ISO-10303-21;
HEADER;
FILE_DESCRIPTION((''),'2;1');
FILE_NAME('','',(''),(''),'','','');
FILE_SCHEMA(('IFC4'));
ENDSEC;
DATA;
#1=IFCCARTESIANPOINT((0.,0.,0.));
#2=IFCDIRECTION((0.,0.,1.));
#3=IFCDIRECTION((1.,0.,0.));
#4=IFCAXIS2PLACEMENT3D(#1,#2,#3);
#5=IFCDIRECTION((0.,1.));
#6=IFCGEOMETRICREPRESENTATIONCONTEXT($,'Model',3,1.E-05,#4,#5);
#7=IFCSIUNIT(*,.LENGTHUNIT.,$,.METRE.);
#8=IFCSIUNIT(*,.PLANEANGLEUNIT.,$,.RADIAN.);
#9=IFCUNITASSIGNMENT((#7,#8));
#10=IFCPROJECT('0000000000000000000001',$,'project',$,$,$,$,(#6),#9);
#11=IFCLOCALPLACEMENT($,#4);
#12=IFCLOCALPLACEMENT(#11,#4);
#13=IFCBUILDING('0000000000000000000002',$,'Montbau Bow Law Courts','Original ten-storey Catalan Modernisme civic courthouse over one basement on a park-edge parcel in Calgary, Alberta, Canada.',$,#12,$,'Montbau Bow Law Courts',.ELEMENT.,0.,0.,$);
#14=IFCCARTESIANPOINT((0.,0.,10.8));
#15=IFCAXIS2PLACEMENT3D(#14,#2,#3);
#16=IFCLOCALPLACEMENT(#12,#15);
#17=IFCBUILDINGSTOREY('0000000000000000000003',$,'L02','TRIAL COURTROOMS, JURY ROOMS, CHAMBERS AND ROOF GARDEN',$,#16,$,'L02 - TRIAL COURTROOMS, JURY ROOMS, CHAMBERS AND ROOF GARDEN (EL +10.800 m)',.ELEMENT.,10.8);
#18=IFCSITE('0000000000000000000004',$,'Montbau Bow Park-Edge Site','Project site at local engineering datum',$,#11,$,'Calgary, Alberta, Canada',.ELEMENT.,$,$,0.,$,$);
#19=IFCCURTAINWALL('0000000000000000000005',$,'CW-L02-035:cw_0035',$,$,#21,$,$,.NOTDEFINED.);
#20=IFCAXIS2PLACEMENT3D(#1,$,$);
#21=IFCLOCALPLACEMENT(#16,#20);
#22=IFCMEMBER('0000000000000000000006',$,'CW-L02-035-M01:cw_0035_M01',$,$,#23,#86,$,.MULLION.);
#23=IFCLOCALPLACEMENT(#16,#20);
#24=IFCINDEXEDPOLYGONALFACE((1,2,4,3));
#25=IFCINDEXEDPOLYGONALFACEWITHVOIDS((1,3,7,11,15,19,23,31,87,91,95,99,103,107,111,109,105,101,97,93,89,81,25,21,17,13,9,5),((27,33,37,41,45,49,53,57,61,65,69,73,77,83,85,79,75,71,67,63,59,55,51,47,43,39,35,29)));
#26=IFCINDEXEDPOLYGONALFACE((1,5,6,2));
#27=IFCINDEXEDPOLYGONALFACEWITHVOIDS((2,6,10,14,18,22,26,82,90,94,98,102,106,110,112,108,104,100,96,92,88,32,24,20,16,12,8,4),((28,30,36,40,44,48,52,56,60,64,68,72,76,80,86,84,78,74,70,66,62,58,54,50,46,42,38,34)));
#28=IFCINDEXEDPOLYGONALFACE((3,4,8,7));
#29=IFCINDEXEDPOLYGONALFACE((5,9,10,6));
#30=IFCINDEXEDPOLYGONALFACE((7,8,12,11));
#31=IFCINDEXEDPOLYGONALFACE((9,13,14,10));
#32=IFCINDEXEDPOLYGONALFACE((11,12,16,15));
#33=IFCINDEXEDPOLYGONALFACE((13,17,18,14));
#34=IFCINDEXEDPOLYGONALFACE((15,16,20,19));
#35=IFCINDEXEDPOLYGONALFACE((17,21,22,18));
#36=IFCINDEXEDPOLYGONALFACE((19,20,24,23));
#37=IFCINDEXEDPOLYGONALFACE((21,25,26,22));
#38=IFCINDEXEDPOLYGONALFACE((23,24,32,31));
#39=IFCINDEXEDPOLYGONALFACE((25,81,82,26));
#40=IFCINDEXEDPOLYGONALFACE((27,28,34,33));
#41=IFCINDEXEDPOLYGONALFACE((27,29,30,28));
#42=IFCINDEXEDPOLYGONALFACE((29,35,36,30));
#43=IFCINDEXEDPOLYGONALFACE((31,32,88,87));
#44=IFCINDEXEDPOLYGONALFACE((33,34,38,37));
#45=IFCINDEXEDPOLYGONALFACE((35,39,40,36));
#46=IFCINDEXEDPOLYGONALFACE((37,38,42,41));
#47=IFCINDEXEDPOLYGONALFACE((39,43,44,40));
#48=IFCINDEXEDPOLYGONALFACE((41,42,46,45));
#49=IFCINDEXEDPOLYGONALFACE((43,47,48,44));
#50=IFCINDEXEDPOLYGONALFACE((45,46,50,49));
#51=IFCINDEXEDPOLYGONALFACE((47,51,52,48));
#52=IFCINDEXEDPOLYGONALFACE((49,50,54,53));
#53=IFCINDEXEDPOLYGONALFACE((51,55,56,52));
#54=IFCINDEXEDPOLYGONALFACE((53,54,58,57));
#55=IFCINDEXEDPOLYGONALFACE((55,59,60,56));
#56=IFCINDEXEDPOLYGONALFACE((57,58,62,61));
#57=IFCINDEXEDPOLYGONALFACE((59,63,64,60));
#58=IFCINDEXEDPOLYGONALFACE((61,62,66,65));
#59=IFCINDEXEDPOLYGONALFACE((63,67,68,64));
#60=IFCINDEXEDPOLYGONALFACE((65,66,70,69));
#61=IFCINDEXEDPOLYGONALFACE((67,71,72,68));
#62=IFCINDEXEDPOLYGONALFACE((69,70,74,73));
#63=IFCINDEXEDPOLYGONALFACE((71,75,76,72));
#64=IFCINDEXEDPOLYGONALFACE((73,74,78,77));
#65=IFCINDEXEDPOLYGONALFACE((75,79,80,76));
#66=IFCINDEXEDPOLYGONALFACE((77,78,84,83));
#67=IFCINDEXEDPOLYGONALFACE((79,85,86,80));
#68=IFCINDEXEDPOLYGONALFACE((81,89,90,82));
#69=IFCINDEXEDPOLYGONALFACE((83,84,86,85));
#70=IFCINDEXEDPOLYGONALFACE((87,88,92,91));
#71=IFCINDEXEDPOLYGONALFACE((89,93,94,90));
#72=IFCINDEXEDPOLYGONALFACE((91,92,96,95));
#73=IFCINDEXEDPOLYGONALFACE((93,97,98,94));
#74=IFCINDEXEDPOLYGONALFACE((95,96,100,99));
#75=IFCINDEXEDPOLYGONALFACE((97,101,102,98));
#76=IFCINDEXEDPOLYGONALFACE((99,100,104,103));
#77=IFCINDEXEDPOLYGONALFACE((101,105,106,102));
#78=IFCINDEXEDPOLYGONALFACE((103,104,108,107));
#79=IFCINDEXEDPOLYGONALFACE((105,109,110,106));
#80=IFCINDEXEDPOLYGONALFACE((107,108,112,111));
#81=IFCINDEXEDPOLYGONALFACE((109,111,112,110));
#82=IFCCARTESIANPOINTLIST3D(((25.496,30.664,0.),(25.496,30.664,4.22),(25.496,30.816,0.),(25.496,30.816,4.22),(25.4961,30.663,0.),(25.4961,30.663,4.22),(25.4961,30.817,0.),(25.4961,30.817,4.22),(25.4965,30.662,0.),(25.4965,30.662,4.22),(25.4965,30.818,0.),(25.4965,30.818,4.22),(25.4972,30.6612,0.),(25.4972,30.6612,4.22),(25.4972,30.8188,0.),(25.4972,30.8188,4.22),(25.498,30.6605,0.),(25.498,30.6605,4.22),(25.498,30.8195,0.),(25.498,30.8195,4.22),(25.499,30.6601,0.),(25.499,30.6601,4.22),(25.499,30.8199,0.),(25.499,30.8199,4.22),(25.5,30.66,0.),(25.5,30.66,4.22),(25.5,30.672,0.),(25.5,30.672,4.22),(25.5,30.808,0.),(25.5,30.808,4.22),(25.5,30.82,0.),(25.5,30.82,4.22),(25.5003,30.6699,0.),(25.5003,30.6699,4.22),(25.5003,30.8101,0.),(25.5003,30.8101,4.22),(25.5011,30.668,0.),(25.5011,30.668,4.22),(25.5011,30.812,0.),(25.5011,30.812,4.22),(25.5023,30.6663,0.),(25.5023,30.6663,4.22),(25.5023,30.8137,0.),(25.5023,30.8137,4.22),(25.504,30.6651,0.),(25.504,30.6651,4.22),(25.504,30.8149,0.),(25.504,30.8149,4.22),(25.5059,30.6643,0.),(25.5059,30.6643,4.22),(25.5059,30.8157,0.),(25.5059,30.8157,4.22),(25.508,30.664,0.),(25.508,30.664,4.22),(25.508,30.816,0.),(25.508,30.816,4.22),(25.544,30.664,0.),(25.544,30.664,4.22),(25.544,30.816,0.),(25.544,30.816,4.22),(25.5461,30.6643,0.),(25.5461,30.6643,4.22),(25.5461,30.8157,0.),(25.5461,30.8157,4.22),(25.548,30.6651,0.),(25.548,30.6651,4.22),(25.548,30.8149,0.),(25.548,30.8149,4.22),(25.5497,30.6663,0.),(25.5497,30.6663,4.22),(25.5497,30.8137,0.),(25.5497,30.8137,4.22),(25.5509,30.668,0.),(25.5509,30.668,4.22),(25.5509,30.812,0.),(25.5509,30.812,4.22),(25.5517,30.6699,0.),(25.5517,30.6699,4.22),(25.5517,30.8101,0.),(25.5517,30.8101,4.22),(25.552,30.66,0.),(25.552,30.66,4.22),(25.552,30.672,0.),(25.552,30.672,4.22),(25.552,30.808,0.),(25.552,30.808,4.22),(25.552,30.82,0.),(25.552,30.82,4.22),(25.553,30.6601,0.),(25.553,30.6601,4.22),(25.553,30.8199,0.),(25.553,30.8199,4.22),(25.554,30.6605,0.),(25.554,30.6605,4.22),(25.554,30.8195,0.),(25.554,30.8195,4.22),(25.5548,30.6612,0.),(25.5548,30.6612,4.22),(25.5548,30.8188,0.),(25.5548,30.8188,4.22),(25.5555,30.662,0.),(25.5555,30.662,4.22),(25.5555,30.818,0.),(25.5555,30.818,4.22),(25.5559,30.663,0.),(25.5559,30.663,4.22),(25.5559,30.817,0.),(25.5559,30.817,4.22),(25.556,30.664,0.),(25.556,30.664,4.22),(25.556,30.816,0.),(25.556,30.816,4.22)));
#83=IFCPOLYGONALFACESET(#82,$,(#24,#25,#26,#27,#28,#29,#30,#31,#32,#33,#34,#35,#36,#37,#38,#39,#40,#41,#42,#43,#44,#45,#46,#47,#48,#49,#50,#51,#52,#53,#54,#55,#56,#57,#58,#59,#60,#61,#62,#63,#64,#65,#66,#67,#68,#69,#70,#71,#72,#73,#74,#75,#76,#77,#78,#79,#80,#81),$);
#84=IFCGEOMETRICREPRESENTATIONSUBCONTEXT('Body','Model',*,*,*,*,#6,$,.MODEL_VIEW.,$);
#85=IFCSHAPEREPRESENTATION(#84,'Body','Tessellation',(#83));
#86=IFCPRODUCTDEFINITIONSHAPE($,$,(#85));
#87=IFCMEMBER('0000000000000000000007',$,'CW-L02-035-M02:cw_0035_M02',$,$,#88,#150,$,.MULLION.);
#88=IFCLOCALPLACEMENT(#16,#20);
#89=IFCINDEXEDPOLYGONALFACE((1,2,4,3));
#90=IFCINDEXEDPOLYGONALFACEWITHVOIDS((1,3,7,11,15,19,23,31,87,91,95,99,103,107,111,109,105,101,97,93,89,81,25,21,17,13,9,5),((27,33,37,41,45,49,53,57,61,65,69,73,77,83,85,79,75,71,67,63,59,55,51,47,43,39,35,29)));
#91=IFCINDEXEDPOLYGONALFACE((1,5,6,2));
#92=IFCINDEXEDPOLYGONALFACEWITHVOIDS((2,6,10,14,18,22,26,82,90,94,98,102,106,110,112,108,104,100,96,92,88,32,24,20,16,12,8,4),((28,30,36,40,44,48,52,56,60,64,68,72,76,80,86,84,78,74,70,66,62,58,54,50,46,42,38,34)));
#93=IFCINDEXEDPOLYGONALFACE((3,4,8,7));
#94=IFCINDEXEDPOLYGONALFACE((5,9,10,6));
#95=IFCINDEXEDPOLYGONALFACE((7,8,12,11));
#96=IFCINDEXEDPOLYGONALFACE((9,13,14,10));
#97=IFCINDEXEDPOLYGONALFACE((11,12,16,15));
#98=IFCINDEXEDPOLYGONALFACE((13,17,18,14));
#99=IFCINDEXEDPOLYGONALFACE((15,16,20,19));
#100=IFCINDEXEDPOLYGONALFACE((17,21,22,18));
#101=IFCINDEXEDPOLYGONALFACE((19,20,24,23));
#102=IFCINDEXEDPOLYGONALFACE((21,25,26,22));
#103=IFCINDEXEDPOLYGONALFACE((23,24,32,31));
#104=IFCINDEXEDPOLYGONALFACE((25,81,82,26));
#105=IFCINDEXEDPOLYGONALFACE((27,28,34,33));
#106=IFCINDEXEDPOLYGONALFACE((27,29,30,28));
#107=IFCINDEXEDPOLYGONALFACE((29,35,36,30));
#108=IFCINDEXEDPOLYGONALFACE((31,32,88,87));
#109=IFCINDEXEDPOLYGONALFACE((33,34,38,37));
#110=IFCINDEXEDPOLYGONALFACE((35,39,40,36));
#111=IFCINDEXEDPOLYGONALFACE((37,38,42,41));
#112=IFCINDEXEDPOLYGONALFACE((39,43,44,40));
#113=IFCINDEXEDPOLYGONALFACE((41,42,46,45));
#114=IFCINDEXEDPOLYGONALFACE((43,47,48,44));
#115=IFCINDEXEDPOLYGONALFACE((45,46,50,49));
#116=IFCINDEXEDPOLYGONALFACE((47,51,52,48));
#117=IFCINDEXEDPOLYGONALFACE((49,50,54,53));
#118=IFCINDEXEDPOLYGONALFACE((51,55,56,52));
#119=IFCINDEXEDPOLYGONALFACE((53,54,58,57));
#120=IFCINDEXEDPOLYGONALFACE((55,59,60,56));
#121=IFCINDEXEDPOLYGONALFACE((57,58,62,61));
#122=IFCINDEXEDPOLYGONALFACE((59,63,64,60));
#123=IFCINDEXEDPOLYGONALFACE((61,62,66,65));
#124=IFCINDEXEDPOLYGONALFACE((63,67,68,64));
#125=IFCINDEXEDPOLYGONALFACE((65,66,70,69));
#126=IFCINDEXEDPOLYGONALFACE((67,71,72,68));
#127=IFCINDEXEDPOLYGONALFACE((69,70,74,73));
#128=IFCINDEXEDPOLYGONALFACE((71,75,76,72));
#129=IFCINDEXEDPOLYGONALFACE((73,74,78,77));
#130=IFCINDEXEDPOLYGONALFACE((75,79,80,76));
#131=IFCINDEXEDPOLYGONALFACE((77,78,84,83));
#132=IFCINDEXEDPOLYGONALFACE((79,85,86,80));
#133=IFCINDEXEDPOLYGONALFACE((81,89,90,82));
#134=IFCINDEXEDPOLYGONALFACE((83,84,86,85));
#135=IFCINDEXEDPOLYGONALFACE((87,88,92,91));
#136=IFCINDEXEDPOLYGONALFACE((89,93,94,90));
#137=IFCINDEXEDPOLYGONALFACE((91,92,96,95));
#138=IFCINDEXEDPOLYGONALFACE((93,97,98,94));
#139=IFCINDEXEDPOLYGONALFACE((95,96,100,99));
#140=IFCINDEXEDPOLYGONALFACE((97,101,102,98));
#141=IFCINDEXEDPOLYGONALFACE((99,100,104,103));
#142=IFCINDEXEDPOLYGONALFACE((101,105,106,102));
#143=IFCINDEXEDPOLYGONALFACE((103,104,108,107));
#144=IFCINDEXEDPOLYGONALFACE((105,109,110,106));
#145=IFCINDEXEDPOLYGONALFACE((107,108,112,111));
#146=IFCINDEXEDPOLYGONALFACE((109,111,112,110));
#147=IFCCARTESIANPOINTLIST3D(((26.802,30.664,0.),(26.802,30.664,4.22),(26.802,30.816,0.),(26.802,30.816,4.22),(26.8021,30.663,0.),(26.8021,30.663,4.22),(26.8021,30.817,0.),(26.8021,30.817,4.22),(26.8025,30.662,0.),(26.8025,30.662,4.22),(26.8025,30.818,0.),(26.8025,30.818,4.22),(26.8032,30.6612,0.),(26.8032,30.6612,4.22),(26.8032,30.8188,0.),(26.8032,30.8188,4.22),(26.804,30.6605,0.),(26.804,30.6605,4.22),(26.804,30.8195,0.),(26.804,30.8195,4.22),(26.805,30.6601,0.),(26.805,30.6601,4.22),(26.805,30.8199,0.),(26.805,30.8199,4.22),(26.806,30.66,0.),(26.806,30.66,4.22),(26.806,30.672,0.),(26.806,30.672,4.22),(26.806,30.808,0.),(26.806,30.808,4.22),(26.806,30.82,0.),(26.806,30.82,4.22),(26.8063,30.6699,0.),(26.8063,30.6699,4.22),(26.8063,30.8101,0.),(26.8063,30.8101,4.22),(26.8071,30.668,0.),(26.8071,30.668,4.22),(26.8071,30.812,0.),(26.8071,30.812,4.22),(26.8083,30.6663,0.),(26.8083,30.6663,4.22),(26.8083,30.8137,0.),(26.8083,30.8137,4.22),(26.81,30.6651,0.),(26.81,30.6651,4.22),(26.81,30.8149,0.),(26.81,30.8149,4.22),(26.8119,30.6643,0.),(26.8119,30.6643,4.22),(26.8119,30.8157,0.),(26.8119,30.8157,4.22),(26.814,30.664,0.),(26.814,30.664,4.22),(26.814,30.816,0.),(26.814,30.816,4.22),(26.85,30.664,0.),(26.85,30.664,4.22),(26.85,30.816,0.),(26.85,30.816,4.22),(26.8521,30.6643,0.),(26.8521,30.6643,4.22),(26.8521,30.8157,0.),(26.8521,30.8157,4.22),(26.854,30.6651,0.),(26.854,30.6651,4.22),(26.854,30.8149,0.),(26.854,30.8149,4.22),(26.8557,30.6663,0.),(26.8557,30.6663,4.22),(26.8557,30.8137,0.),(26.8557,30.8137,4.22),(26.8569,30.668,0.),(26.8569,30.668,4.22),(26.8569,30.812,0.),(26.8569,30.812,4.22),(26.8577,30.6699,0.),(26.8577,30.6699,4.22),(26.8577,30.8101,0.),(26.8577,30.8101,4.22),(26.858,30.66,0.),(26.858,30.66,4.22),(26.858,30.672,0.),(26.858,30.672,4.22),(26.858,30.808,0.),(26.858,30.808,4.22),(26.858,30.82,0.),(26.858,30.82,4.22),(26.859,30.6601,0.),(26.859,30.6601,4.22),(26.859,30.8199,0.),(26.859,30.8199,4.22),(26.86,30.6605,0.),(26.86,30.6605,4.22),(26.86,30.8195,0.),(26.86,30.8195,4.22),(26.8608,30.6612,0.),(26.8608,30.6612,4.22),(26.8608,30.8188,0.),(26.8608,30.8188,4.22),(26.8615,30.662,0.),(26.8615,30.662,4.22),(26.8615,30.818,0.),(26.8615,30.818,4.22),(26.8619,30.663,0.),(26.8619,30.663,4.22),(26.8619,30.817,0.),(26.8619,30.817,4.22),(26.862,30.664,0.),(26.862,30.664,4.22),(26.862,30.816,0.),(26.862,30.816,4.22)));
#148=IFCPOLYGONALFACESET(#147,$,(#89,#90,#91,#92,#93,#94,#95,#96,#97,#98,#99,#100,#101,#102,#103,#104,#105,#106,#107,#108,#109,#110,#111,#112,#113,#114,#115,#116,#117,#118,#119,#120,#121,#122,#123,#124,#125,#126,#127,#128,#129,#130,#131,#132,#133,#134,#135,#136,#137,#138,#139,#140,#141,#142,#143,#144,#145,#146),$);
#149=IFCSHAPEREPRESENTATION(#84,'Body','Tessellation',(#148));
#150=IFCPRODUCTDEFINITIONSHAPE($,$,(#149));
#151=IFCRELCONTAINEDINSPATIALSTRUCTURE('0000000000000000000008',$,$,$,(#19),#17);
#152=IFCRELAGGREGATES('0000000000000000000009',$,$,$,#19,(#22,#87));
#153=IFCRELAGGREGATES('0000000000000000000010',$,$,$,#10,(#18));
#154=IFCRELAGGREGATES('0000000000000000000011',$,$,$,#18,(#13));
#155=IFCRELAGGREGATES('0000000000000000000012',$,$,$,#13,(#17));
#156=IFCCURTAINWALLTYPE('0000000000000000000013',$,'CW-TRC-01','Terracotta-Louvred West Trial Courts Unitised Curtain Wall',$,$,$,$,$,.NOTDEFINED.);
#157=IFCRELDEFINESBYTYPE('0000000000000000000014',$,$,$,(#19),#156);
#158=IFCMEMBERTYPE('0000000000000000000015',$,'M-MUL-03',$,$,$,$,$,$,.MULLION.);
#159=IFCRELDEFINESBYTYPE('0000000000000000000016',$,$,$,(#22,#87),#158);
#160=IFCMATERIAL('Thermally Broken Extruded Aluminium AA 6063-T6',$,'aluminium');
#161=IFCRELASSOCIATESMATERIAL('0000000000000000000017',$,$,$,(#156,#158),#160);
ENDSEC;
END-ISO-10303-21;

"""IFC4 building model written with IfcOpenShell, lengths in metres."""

from ifc_helpers import new_model, si_unit, direction, frame, origin_with_axes, origin_2d_with_axis, place, context, subcontext, project, spatial, hollow_rectangle, extrude, material, material_profile, profile_set, type_object, element, aggregate, save


model = new_model("IFC4")

# Units and contexts
model_context = context("Model", 3, precision=1e-05, world=origin_with_axes(), true_north=direction((0.0, 1.0)))
body_context = subcontext(model_context, "Body", "Model", "MODEL_VIEW")
ifc_project = project(units=[si_unit("LENGTHUNIT", "METRE"), si_unit("PLANEANGLEUNIT", "RADIAN")], contexts=[model_context])

# Site, building, storey
site_placement = place(None, origin_with_axes())
site = spatial("IfcSite", under=ifc_project, at=site_placement, Name="Montbau Bow Park-Edge Site", Description="Project site at local engineering datum", LongName="Calgary, Alberta, Canada", CompositionType="ELEMENT", RefElevation=0.0)
building_placement = place(site_placement, origin_with_axes())
building = spatial("IfcBuilding", under=site, at=building_placement, Name="Montbau Bow Law Courts", Description="Original ten-storey Catalan Modernisme civic courthouse over one basement on a park-edge parcel in Calgary, Alberta, Canada.", LongName="Montbau Bow Law Courts", CompositionType="ELEMENT", ElevationOfRefHeight=0.0, ElevationOfTerrain=0.0)
storey_placement = place(building_placement, frame((0.0, 0.0, 10.8), z_axis=(0.0, 0.0, 1.0), x_axis=(1.0, 0.0, 0.0)))
storey = spatial("IfcBuildingStorey", under=building, at=storey_placement, Name="L02", Description="TRIAL COURTROOMS, JURY ROOMS, CHAMBERS AND ROOF GARDEN", LongName="L02 - TRIAL COURTROOMS, JURY ROOMS, CHAMBERS AND ROOF GARDEN (EL +10.800 m)", CompositionType="ELEMENT", Elevation=10.8)

# Shared definitions
ifc_material_1 = material(Name="Thermally Broken Extruded Aluminium AA 6063-T6", Category="aluminium")
curtain_wall_type = type_object("IfcCurtainWallType", Name="CW-TRC-01", Description="Terracotta-Louvred West Trial Courts Unitised Curtain Wall", PredefinedType="NOTDEFINED", material=ifc_material_1)

# Curtain wall, members
curtain_wall_1_placement = place(None, frame((25.496, 30.74, 10.8), z_axis=(0.0, 0.0, 1.0), x_axis=(1.0, 0.0, 0.0)))
curtain_wall_1 = element("IfcCurtainWall", 1, at=curtain_wall_1_placement, inside=storey, type_object=curtain_wall_type, Name="CW-L02-035:cw_0035", PredefinedType="NOTDEFINED")
ifc_material_profile_1 = material_profile(ifc_material_1, hollow_rectangle(XDim=0.06, YDim=0.16, WallThickness=0.004, InnerFilletRadius=0.008, OuterFilletRadius=0.004, at=origin_2d_with_axis()), Name="CWM-160X60", Category="Main", Priority=0)
ifc_profile_set_1 = profile_set([ifc_material_profile_1], Name="Thermally Broken Extruded Aluminium AA 6063-T6")
member_type_1 = type_object("IfcMemberType", Name="M-MUL-03", PredefinedType="MULLION", material=ifc_profile_set_1)
member_1_placement = place(None, frame((25.526, 30.74, 10.8), z_axis=(0.0, 0.0, 1.0), x_axis=(1.0, 0.0, 0.0)))
member_1 = element("IfcMember", 2, at=member_1_placement, type_object=member_type_1, Name="CW-L02-035-M01:cw_0035_M01", PredefinedType="MULLION", context=body_context, shape_type="SweptSolid", body=[
    extrude(hollow_rectangle(XDim=0.06, YDim=0.16, WallThickness=0.004, InnerFilletRadius=0.008, OuterFilletRadius=0.004, at=origin_2d_with_axis()), origin_with_axes(), (0.0, 0.0, 1.0), 4.22),
])
member_2_placement = place(None, frame((26.832, 30.74, 10.8), z_axis=(0.0, 0.0, 1.0), x_axis=(1.0, 0.0, 0.0)))
member_2 = element("IfcMember", 3, at=member_2_placement, type_object=member_type_1, Name="CW-L02-035-M02:cw_0035_M02", PredefinedType="MULLION", context=body_context, shape_type="SweptSolid", body=[
    extrude(hollow_rectangle(XDim=0.06, YDim=0.16, WallThickness=0.004, InnerFilletRadius=0.008, OuterFilletRadius=0.004, at=origin_2d_with_axis()), origin_with_axes(), (0.0, 0.0, 1.0), 4.22),
])

aggregate(curtain_wall_1, [member_1, member_2])

save(model, "model.ifc")
